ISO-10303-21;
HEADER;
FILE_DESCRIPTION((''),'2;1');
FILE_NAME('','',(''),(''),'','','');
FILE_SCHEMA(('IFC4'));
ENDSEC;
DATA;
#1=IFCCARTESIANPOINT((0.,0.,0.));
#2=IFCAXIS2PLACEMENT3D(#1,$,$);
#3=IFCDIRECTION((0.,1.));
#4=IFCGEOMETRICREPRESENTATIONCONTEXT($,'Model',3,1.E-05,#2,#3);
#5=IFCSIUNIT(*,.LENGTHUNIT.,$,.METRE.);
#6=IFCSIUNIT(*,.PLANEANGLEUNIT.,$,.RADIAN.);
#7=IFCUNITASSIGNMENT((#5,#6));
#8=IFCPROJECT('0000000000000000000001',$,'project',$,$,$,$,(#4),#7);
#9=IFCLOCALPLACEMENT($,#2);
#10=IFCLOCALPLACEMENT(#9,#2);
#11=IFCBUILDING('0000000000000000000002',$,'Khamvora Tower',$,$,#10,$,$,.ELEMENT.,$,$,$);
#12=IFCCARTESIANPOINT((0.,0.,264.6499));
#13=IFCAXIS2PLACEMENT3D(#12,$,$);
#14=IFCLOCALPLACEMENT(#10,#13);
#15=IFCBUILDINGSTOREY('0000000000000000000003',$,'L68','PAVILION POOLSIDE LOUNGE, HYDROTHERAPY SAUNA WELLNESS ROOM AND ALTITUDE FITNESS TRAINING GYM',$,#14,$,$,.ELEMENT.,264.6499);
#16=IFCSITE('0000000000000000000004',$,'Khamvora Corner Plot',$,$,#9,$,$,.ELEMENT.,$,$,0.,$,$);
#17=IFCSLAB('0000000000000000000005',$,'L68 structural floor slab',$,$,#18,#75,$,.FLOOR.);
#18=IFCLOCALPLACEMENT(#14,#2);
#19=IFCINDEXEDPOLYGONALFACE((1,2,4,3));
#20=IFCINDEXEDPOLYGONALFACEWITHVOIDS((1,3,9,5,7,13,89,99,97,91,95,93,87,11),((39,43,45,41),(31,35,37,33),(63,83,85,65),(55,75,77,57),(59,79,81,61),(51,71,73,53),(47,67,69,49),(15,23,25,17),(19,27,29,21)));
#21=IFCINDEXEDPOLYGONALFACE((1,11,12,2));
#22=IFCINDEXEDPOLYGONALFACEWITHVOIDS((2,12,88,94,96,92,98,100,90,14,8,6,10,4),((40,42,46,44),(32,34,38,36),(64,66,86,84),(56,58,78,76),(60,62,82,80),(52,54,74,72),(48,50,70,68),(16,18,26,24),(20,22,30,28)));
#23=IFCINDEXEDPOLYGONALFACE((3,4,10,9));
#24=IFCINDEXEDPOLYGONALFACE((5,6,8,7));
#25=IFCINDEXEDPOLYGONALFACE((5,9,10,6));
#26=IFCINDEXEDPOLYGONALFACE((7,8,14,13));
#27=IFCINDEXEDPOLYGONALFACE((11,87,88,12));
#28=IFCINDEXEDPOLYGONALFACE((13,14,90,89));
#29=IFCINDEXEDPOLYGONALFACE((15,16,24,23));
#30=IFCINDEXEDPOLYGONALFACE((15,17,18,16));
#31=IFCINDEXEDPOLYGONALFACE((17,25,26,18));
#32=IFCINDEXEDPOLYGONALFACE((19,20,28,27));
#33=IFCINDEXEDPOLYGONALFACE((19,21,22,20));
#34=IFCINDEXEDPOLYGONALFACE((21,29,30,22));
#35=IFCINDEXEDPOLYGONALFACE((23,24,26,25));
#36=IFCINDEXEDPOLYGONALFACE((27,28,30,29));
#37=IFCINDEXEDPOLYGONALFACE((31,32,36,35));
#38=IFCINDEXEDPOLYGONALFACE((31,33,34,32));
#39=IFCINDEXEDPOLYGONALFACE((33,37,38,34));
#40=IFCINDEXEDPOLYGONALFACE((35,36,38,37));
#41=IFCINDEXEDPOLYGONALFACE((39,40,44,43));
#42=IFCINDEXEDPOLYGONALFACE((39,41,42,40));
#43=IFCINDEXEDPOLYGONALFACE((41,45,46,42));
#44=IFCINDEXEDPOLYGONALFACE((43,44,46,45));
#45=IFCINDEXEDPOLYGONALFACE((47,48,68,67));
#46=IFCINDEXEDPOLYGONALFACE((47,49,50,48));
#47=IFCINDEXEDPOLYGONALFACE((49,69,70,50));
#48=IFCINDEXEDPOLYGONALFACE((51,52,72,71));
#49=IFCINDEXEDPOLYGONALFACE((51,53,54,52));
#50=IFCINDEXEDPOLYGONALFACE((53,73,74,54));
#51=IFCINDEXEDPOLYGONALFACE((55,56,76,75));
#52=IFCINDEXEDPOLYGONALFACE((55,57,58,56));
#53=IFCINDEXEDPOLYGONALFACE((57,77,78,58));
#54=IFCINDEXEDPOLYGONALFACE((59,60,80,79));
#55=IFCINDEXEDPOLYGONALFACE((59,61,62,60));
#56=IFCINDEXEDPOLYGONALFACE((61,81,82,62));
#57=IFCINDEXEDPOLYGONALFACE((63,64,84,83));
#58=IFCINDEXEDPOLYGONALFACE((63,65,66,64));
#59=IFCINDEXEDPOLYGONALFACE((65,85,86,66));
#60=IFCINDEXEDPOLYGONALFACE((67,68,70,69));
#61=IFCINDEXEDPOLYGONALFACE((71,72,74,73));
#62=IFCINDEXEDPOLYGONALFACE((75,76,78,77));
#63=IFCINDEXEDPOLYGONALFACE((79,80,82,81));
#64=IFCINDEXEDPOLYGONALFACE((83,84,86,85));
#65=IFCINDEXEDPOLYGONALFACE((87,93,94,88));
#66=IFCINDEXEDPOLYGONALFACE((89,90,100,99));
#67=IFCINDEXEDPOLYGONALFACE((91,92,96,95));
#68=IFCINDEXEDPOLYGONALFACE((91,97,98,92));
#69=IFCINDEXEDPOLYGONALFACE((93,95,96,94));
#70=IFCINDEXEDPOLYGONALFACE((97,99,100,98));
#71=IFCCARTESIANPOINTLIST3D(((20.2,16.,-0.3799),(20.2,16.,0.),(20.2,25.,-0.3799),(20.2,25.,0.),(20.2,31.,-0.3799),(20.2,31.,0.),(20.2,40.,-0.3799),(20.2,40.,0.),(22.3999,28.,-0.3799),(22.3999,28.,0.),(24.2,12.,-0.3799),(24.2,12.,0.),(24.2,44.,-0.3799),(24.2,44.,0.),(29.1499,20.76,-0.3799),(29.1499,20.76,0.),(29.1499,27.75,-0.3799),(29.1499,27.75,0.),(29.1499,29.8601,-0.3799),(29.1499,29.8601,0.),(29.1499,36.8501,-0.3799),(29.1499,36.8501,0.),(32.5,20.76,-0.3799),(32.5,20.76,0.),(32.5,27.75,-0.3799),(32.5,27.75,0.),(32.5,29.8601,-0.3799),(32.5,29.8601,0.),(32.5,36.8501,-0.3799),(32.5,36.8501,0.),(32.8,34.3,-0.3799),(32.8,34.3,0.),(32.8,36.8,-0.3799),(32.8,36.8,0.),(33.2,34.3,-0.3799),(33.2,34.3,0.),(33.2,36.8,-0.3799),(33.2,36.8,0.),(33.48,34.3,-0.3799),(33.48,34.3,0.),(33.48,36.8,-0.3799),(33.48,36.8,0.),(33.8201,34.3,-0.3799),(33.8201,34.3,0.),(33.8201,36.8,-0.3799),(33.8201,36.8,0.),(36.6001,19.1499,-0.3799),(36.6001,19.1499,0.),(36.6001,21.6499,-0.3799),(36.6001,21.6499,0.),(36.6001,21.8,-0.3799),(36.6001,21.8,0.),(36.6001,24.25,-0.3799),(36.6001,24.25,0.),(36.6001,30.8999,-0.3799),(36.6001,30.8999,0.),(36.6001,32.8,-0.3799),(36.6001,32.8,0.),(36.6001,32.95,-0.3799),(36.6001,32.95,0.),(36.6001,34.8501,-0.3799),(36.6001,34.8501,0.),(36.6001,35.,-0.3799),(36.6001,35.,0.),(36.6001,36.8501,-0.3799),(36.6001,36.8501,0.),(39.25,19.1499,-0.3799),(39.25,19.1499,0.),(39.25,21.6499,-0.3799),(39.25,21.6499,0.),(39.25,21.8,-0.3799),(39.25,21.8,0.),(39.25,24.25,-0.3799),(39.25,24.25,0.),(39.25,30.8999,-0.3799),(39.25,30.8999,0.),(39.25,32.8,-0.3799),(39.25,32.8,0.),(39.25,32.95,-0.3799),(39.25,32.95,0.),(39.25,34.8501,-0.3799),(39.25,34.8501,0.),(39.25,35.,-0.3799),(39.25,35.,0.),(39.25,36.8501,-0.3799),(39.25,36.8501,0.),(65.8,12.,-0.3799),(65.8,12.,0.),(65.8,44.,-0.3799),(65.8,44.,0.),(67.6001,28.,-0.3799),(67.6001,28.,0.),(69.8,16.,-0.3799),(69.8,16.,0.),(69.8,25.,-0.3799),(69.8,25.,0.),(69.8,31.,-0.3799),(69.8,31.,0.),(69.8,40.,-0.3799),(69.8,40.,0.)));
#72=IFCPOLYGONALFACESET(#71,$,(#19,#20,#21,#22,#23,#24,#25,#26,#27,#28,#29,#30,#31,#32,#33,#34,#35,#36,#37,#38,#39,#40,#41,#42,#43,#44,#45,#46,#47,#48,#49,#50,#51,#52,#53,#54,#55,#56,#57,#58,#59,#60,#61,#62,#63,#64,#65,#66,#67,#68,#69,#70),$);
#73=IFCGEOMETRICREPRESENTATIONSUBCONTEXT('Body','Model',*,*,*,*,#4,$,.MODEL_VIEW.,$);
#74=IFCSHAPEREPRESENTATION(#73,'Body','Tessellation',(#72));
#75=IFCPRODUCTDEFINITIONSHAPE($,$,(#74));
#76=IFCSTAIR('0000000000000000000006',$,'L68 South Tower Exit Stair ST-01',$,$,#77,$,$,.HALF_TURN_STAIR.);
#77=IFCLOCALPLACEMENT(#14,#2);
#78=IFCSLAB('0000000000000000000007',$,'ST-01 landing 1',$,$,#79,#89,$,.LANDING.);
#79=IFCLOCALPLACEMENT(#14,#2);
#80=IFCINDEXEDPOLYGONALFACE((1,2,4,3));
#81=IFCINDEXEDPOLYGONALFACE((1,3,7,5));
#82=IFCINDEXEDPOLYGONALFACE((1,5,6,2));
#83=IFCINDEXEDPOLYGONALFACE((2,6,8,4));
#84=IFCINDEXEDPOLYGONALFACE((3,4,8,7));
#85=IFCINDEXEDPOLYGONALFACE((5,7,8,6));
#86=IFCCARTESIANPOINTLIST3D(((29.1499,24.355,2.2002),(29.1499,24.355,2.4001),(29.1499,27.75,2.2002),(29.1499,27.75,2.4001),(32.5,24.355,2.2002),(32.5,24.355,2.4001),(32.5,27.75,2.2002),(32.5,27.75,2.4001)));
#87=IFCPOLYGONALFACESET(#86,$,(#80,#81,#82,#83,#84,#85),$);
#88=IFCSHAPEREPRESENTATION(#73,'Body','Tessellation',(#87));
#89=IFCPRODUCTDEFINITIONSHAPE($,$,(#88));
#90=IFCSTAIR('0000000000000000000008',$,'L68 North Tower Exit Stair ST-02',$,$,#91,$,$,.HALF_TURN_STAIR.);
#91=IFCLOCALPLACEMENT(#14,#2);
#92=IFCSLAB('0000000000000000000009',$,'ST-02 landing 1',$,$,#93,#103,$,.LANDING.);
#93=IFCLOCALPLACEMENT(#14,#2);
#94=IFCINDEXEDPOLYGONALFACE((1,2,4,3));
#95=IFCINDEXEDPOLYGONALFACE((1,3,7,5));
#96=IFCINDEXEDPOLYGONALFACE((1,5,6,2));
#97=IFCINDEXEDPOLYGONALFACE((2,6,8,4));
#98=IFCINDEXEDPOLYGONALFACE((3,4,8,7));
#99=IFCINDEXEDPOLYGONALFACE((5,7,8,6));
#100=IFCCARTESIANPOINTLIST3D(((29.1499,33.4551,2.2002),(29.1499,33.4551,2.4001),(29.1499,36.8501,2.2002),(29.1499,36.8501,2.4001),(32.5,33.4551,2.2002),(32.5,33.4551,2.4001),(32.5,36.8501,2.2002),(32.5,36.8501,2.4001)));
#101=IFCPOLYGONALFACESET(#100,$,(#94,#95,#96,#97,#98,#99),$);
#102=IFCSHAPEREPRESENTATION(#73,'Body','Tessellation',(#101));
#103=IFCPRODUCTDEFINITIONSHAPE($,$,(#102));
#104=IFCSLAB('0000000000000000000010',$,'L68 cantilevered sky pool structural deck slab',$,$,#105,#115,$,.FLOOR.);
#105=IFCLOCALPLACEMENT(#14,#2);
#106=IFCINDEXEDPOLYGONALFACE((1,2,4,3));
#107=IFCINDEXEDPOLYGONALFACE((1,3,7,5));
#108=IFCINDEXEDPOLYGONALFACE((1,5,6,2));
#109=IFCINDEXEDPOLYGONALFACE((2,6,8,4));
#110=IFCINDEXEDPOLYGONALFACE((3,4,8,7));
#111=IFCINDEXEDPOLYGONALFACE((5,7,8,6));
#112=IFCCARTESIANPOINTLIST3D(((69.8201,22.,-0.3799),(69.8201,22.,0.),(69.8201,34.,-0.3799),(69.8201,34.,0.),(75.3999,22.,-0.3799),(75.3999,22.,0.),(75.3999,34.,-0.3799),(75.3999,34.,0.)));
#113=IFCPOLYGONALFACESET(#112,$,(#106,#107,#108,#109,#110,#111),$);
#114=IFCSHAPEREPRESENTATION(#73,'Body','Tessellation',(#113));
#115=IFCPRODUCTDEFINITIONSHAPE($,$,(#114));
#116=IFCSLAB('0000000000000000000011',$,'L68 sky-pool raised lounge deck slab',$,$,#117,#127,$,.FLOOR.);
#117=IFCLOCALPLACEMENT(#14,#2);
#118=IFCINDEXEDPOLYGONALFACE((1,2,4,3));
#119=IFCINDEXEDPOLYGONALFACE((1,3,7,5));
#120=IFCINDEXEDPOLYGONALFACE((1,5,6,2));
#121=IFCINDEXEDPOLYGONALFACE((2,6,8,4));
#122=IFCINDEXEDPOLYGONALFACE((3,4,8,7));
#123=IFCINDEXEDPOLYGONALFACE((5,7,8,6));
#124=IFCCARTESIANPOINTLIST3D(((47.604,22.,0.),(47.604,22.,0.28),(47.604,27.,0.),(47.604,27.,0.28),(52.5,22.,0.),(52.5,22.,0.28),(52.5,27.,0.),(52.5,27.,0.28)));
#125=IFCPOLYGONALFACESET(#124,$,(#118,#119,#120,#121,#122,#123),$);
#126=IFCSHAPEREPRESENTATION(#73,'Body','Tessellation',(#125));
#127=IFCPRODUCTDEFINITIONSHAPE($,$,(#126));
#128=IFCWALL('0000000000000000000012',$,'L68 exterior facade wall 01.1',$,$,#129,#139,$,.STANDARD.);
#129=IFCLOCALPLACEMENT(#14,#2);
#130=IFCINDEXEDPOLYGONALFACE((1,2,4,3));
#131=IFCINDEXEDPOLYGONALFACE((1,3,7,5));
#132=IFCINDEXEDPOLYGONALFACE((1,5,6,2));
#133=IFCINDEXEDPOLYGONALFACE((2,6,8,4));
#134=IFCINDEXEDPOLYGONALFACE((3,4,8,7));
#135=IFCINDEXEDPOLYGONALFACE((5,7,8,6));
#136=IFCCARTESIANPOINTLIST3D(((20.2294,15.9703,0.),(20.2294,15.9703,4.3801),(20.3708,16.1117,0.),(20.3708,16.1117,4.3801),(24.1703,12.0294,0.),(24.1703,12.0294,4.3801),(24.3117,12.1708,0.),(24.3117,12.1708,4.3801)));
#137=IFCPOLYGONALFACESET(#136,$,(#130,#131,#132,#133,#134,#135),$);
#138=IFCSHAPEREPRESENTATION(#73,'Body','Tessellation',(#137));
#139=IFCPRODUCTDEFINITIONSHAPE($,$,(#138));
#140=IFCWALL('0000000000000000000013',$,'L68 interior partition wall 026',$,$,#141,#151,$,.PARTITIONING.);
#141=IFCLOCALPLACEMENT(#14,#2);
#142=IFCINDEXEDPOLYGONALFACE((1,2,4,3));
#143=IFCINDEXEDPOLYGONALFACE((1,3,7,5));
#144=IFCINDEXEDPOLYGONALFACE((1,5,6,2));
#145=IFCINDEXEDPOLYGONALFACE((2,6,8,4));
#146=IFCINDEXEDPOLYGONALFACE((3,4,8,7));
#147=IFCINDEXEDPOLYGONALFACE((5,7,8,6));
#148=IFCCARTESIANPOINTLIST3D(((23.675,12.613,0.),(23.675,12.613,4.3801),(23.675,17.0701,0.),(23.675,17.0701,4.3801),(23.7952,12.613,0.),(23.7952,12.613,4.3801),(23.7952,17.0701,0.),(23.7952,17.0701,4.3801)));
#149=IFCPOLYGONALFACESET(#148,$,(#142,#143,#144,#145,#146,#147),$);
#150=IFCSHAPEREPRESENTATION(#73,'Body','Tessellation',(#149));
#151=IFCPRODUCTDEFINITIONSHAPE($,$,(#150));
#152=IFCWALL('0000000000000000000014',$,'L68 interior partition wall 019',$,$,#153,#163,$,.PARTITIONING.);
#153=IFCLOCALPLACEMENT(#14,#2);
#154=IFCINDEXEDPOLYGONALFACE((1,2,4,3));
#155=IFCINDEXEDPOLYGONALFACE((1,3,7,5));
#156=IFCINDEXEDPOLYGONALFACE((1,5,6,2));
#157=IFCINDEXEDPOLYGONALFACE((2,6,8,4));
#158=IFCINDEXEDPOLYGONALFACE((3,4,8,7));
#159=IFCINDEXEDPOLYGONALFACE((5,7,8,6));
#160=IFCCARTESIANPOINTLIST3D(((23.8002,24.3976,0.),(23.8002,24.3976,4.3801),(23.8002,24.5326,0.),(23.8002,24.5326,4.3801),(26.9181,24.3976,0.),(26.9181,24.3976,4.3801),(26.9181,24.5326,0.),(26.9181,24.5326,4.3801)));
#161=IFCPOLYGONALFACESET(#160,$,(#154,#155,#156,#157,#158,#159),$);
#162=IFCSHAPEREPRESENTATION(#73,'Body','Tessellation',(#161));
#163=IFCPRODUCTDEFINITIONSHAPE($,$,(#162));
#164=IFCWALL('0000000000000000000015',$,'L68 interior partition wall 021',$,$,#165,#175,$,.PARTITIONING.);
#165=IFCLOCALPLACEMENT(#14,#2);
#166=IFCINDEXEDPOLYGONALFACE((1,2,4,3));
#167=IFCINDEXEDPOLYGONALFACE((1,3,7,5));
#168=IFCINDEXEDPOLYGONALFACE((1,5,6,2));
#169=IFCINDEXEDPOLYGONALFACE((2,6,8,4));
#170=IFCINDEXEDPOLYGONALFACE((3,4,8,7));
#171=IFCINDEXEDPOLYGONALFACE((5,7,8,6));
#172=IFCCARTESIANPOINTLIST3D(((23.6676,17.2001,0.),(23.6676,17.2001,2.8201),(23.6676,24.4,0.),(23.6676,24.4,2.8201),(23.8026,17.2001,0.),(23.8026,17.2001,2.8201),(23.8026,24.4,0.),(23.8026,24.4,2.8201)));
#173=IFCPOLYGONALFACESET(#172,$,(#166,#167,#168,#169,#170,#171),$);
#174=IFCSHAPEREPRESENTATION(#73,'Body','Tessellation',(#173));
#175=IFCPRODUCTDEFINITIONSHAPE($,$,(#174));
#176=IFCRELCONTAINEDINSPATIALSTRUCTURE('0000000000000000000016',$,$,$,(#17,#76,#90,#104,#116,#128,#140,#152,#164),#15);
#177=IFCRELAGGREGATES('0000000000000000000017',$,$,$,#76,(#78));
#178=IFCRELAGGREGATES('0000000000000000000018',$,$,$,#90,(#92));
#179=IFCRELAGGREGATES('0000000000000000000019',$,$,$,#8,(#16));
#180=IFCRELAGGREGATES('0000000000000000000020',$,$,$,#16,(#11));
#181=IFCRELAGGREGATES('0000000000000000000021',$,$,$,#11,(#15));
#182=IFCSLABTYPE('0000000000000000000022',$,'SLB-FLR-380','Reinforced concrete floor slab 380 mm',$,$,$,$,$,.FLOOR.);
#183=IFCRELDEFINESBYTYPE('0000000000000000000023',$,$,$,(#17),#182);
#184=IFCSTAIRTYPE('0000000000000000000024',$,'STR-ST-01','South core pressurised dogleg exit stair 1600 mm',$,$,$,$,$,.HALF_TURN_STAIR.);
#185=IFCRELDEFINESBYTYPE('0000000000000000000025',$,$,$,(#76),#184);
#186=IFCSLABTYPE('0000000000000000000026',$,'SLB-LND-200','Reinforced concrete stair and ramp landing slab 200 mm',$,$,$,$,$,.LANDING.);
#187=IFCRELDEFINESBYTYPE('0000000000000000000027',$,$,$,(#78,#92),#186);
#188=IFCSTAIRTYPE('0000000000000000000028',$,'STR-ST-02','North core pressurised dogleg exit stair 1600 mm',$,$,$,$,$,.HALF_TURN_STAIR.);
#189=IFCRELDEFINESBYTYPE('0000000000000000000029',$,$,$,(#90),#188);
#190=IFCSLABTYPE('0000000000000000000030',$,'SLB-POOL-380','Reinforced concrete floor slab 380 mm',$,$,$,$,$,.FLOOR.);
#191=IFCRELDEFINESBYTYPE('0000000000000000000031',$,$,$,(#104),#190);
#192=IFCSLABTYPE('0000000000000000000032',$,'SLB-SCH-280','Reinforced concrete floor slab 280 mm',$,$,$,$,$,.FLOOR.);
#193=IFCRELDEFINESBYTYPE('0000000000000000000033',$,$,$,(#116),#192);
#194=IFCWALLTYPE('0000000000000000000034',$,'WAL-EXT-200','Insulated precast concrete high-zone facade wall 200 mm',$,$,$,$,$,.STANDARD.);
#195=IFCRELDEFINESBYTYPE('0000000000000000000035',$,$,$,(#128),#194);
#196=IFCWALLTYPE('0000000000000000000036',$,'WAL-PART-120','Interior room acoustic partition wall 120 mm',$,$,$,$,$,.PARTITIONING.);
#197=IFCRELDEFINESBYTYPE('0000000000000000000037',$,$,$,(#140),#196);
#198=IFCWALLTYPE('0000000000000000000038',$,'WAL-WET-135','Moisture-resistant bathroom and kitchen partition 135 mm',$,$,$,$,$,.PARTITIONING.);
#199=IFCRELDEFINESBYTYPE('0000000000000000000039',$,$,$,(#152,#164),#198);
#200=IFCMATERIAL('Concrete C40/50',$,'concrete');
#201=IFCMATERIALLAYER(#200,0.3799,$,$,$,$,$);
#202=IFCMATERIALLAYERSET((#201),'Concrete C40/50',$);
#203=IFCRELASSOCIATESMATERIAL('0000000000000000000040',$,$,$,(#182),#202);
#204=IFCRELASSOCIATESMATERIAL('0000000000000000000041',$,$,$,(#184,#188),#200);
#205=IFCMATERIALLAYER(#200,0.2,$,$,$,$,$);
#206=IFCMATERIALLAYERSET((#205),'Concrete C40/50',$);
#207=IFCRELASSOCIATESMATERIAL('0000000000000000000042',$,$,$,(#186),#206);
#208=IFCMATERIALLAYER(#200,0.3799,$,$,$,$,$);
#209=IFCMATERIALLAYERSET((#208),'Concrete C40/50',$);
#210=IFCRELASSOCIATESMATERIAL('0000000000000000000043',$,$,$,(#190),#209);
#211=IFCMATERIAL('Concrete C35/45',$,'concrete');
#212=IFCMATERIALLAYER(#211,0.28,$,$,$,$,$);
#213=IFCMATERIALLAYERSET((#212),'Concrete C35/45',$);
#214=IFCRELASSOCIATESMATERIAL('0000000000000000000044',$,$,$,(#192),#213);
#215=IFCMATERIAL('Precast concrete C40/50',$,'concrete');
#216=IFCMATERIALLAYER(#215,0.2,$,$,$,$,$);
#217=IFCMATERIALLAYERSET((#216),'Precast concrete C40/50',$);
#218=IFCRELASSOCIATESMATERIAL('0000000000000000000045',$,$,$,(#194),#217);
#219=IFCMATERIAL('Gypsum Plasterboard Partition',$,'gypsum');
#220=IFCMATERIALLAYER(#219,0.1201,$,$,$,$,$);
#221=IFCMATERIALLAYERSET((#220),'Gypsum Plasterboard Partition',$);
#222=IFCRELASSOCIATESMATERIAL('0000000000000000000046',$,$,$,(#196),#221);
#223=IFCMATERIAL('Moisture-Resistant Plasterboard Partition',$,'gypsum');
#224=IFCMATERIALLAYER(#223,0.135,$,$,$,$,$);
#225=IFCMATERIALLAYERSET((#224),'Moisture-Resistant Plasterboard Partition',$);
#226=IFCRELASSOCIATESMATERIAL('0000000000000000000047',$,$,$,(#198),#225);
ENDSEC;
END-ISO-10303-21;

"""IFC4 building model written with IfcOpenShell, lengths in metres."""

from ifc_helpers import new_model, si_unit, direction, frame, frame_2d, origin, place, context, subcontext, project, spatial, polyline, rectangle, outline, extrude, material, layer, layer_set, type_object, element, aggregate, save


model = new_model("IFC4")

# Units and contexts
model_context = context("Model", 3, precision=1e-05, world=origin(), true_north=direction((0.0, 1.0)))
body_context = subcontext(model_context, "Body", "Model", "MODEL_VIEW")
ifc_project = project(units=[si_unit("LENGTHUNIT", "METRE"), si_unit("PLANEANGLEUNIT", "RADIAN")], contexts=[model_context])

# Site, building, storey
site_placement = place(None, origin())
site = spatial("IfcSite", under=ifc_project, at=site_placement, Name="Khamvora Corner Plot", CompositionType="ELEMENT", RefElevation=0.0)
building_placement = place(site_placement, origin())
building = spatial("IfcBuilding", under=site, at=building_placement, Name="Khamvora Tower", CompositionType="ELEMENT")
storey_placement = place(building_placement, frame((0.0, 0.0, 264.6499)))
storey = spatial("IfcBuildingStorey", under=building, at=storey_placement, Name="L68", Description="PAVILION POOLSIDE LOUNGE, HYDROTHERAPY SAUNA WELLNESS ROOM AND ALTITUDE FITNESS TRAINING GYM", CompositionType="ELEMENT", Elevation=264.6499)

# Slab
ifc_material_1 = material(Name="Concrete C40/50", Category="concrete")
ifc_layer_1 = layer(ifc_material_1, 0.3799)
ifc_layer_set_1 = layer_set([ifc_layer_1], Name="Concrete C40/50")
slab_type_1 = type_object("IfcSlabType", Name="SLB-FLR-380", Description="Reinforced concrete floor slab 380 mm", PredefinedType="FLOOR", material=ifc_layer_set_1)
slab_1_placement = place(storey_placement, frame((0.0, 0.0, -0.3799)))
element("IfcSlab", 1, at=slab_1_placement, inside=storey, type_object=slab_type_1, Name="L68 structural floor slab", PredefinedType="FLOOR", context=body_context, shape_type="SweptSolid", body=[
    extrude(outline(polyline([(24.2, 12.0), (65.8, 12.0), (69.8, 16.0), (69.8, 25.0), (67.6001, 28.0), (69.8, 31.0), (69.8, 40.0), (65.8, 44.0), (24.2, 44.0), (20.2, 40.0), (20.2, 31.0), (22.3999, 28.0), (20.2, 25.0), (20.2, 16.0), (24.2, 12.0)]), holes=[polyline([(32.5, 20.76), (32.5, 27.75), (29.1499, 27.75), (29.1499, 20.76), (32.5, 20.76)]), polyline([(32.5, 29.8601), (32.5, 36.8501), (29.1499, 36.8501), (29.1499, 29.8601), (32.5, 29.8601)]), polyline([(36.6001, 19.1499), (39.25, 19.1499), (39.25, 21.6499), (36.6001, 21.6499), (36.6001, 19.1499)]), polyline([(36.6001, 21.8), (39.25, 21.8), (39.25, 24.25), (36.6001, 24.25), (36.6001, 21.8)]), polyline([(36.6001, 30.8999), (39.25, 30.8999), (39.25, 32.8), (36.6001, 32.8), (36.6001, 30.8999)]), polyline([(36.6001, 32.95), (39.25, 32.95), (39.25, 34.8501), (36.6001, 34.8501), (36.6001, 32.95)]), polyline([(36.6001, 35.0), (39.25, 35.0), (39.25, 36.8501), (36.6001, 36.8501), (36.6001, 35.0)]), polyline([(32.8, 34.3), (33.2, 34.3), (33.2, 36.8), (32.8, 36.8), (32.8, 34.3)]), polyline([(33.48, 34.3), (33.8201, 34.3), (33.8201, 36.8), (33.48, 36.8), (33.48, 34.3)])]), origin(), (0.0, 0.0, 1.0), 0.3799),
])

# Stairs, slabs
stair_type_1 = type_object("IfcStairType", Name="STR-ST-01", Description="South core pressurised dogleg exit stair 1600 mm", PredefinedType="HALF_TURN_STAIR", material=ifc_material_1)
stair_1_placement = place(storey_placement, origin())
stair_1 = element("IfcStair", 2, at=stair_1_placement, inside=storey, type_object=stair_type_1, Name="L68 South Tower Exit Stair ST-01", PredefinedType="HALF_TURN_STAIR")
ifc_layer_2 = layer(ifc_material_1, 0.2)
ifc_layer_set_2 = layer_set([ifc_layer_2], Name="Concrete C40/50")
slab_type_2 = type_object("IfcSlabType", Name="SLB-LND-200", Description="Reinforced concrete stair and ramp landing slab 200 mm", PredefinedType="LANDING", material=ifc_layer_set_2)
slab_2_placement = place(storey_placement, frame((0.0, 0.0, 2.2002)))
slab_2 = element("IfcSlab", 3, at=slab_2_placement, type_object=slab_type_2, Name="ST-01 landing 1", PredefinedType="LANDING", context=body_context, shape_type="SweptSolid", body=[
    extrude(outline(polyline([(32.5, 24.355), (32.5, 27.75), (29.1499, 27.75), (29.1499, 24.355), (32.5, 24.355)])), origin(), (0.0, 0.0, 1.0), 0.2),
])
aggregate(stair_1, [slab_2])
stair_type_2 = type_object("IfcStairType", Name="STR-ST-02", Description="North core pressurised dogleg exit stair 1600 mm", PredefinedType="HALF_TURN_STAIR", material=ifc_material_1)
stair_2_placement = place(storey_placement, origin())
stair_2 = element("IfcStair", 4, at=stair_2_placement, inside=storey, type_object=stair_type_2, Name="L68 North Tower Exit Stair ST-02", PredefinedType="HALF_TURN_STAIR")
slab_3_placement = place(storey_placement, frame((0.0, 0.0, 2.2002)))
slab_3 = element("IfcSlab", 5, at=slab_3_placement, type_object=slab_type_2, Name="ST-02 landing 1", PredefinedType="LANDING", context=body_context, shape_type="SweptSolid", body=[
    extrude(outline(polyline([(32.5, 33.4551), (32.5, 36.8501), (29.1499, 36.8501), (29.1499, 33.4551), (32.5, 33.4551)])), origin(), (0.0, 0.0, 1.0), 0.2),
])
aggregate(stair_2, [slab_3])

# Slabs
ifc_layer_3 = layer(ifc_material_1, 0.3799)
ifc_layer_set_3 = layer_set([ifc_layer_3], Name="Concrete C40/50")
slab_type_3 = type_object("IfcSlabType", Name="SLB-POOL-380", Description="Reinforced concrete floor slab 380 mm", PredefinedType="FLOOR", material=ifc_layer_set_3)
slab_4_placement = place(storey_placement, frame((0.0, 0.0, -0.3799)))
element("IfcSlab", 6, at=slab_4_placement, inside=storey, type_object=slab_type_3, Name="L68 cantilevered sky pool structural deck slab", PredefinedType="FLOOR", context=body_context, shape_type="SweptSolid", body=[
    extrude(outline(polyline([(69.8201, 22.0), (75.3999, 22.0), (75.3999, 34.0), (69.8201, 34.0), (69.8201, 22.0)])), origin(), (0.0, 0.0, 1.0), 0.3799),
])
ifc_material_2 = material(Name="Concrete C35/45", Category="concrete")
ifc_layer_4 = layer(ifc_material_2, 0.28)
ifc_layer_set_4 = layer_set([ifc_layer_4], Name="Concrete C35/45")
slab_type_4 = type_object("IfcSlabType", Name="SLB-SCH-280", Description="Reinforced concrete floor slab 280 mm", PredefinedType="FLOOR", material=ifc_layer_set_4)
slab_5_placement = place(storey_placement, origin())
element("IfcSlab", 7, at=slab_5_placement, inside=storey, type_object=slab_type_4, Name="L68 sky-pool raised lounge deck slab", PredefinedType="FLOOR", context=body_context, shape_type="SweptSolid", body=[
    extrude(outline(polyline([(47.604, 22.0), (52.5, 22.0), (52.5, 27.0), (47.604, 27.0), (47.604, 22.0)])), origin(), (0.0, 0.0, 1.0), 0.28),
])

# Walls
ifc_material_3 = material(Name="Precast concrete C40/50", Category="concrete")
ifc_layer_5 = layer(ifc_material_3, 0.2)
ifc_layer_set_5 = layer_set([ifc_layer_5], Name="Precast concrete C40/50")
wall_type_1 = type_object("IfcWallType", Name="WAL-EXT-200", Description="Insulated precast concrete high-zone facade wall 200 mm", PredefinedType="STANDARD", material=ifc_layer_set_5)
wall_1_placement = place(storey_placement, frame((24.241, 12.1001, 0.0), z_axis=(0.0, 0.0, 1.0), x_axis=(-0.707107, 0.707107, 0.0)))
element("IfcWall", 8, at=wall_1_placement, inside=storey, type_object=wall_type_1, Name="L68 exterior facade wall 01.1", PredefinedType="STANDARD", context=body_context, shape_type="SweptSolid", body=[
    extrude(rectangle(XDim=5.5732, YDim=0.2, at=frame_2d((2.7866, 0.0))), origin(), (0.0, 0.0, 1.0), 4.3801),
])
ifc_material_4 = material(Name="Gypsum Plasterboard Partition", Category="gypsum")
ifc_layer_6 = layer(ifc_material_4, 0.1201)
ifc_layer_set_6 = layer_set([ifc_layer_6], Name="Gypsum Plasterboard Partition")
wall_type_2 = type_object("IfcWallType", Name="WAL-PART-120", Description="Interior room acoustic partition wall 120 mm", PredefinedType="PARTITIONING", material=ifc_layer_set_6)
wall_2_placement = place(storey_placement, frame((23.7351, 12.613, 0.0), z_axis=(0.0, 0.0, 1.0), x_axis=(0.0, 1.0, 0.0)))
element("IfcWall", 9, at=wall_2_placement, inside=storey, type_object=wall_type_2, Name="L68 interior partition wall 026", PredefinedType="PARTITIONING", context=body_context, shape_type="SweptSolid", body=[
    extrude(rectangle(XDim=4.457, YDim=0.1201, at=frame_2d((2.2285, 0.0))), origin(), (0.0, 0.0, 1.0), 4.3801),
])
ifc_material_5 = material(Name="Moisture-Resistant Plasterboard Partition", Category="gypsum")
ifc_layer_7 = layer(ifc_material_5, 0.135)
ifc_layer_set_7 = layer_set([ifc_layer_7], Name="Moisture-Resistant Plasterboard Partition")
wall_type_3 = type_object("IfcWallType", Name="WAL-WET-135", Description="Moisture-resistant bathroom and kitchen partition 135 mm", PredefinedType="PARTITIONING", material=ifc_layer_set_7)
wall_3_placement = place(storey_placement, frame((23.8, 24.4651, 0.0), z_axis=(0.0, 0.0, 1.0), x_axis=(1.0, 0.0, 0.0)))
element("IfcWall", 10, at=wall_3_placement, inside=storey, type_object=wall_type_3, Name="L68 interior partition wall 019", PredefinedType="PARTITIONING", context=body_context, shape_type="SweptSolid", body=[
    extrude(rectangle(XDim=3.1179, YDim=0.135, at=frame_2d((1.5591, 0.0))), origin(), (0.0, 0.0, 1.0), 4.3801),
])
wall_4_placement = place(storey_placement, frame((23.7351, 17.2, 0.0), z_axis=(0.0, 0.0, 1.0), x_axis=(0.0, 1.0, 0.0)))
element("IfcWall", 11, at=wall_4_placement, inside=storey, type_object=wall_type_3, Name="L68 interior partition wall 021", PredefinedType="PARTITIONING", context=body_context, shape_type="SweptSolid", body=[
    extrude(rectangle(XDim=7.2, YDim=0.135, at=frame_2d((3.6001, 0.0))), origin(), (0.0, 0.0, 1.0), 2.8201),
])

save(model, "model.ifc")
